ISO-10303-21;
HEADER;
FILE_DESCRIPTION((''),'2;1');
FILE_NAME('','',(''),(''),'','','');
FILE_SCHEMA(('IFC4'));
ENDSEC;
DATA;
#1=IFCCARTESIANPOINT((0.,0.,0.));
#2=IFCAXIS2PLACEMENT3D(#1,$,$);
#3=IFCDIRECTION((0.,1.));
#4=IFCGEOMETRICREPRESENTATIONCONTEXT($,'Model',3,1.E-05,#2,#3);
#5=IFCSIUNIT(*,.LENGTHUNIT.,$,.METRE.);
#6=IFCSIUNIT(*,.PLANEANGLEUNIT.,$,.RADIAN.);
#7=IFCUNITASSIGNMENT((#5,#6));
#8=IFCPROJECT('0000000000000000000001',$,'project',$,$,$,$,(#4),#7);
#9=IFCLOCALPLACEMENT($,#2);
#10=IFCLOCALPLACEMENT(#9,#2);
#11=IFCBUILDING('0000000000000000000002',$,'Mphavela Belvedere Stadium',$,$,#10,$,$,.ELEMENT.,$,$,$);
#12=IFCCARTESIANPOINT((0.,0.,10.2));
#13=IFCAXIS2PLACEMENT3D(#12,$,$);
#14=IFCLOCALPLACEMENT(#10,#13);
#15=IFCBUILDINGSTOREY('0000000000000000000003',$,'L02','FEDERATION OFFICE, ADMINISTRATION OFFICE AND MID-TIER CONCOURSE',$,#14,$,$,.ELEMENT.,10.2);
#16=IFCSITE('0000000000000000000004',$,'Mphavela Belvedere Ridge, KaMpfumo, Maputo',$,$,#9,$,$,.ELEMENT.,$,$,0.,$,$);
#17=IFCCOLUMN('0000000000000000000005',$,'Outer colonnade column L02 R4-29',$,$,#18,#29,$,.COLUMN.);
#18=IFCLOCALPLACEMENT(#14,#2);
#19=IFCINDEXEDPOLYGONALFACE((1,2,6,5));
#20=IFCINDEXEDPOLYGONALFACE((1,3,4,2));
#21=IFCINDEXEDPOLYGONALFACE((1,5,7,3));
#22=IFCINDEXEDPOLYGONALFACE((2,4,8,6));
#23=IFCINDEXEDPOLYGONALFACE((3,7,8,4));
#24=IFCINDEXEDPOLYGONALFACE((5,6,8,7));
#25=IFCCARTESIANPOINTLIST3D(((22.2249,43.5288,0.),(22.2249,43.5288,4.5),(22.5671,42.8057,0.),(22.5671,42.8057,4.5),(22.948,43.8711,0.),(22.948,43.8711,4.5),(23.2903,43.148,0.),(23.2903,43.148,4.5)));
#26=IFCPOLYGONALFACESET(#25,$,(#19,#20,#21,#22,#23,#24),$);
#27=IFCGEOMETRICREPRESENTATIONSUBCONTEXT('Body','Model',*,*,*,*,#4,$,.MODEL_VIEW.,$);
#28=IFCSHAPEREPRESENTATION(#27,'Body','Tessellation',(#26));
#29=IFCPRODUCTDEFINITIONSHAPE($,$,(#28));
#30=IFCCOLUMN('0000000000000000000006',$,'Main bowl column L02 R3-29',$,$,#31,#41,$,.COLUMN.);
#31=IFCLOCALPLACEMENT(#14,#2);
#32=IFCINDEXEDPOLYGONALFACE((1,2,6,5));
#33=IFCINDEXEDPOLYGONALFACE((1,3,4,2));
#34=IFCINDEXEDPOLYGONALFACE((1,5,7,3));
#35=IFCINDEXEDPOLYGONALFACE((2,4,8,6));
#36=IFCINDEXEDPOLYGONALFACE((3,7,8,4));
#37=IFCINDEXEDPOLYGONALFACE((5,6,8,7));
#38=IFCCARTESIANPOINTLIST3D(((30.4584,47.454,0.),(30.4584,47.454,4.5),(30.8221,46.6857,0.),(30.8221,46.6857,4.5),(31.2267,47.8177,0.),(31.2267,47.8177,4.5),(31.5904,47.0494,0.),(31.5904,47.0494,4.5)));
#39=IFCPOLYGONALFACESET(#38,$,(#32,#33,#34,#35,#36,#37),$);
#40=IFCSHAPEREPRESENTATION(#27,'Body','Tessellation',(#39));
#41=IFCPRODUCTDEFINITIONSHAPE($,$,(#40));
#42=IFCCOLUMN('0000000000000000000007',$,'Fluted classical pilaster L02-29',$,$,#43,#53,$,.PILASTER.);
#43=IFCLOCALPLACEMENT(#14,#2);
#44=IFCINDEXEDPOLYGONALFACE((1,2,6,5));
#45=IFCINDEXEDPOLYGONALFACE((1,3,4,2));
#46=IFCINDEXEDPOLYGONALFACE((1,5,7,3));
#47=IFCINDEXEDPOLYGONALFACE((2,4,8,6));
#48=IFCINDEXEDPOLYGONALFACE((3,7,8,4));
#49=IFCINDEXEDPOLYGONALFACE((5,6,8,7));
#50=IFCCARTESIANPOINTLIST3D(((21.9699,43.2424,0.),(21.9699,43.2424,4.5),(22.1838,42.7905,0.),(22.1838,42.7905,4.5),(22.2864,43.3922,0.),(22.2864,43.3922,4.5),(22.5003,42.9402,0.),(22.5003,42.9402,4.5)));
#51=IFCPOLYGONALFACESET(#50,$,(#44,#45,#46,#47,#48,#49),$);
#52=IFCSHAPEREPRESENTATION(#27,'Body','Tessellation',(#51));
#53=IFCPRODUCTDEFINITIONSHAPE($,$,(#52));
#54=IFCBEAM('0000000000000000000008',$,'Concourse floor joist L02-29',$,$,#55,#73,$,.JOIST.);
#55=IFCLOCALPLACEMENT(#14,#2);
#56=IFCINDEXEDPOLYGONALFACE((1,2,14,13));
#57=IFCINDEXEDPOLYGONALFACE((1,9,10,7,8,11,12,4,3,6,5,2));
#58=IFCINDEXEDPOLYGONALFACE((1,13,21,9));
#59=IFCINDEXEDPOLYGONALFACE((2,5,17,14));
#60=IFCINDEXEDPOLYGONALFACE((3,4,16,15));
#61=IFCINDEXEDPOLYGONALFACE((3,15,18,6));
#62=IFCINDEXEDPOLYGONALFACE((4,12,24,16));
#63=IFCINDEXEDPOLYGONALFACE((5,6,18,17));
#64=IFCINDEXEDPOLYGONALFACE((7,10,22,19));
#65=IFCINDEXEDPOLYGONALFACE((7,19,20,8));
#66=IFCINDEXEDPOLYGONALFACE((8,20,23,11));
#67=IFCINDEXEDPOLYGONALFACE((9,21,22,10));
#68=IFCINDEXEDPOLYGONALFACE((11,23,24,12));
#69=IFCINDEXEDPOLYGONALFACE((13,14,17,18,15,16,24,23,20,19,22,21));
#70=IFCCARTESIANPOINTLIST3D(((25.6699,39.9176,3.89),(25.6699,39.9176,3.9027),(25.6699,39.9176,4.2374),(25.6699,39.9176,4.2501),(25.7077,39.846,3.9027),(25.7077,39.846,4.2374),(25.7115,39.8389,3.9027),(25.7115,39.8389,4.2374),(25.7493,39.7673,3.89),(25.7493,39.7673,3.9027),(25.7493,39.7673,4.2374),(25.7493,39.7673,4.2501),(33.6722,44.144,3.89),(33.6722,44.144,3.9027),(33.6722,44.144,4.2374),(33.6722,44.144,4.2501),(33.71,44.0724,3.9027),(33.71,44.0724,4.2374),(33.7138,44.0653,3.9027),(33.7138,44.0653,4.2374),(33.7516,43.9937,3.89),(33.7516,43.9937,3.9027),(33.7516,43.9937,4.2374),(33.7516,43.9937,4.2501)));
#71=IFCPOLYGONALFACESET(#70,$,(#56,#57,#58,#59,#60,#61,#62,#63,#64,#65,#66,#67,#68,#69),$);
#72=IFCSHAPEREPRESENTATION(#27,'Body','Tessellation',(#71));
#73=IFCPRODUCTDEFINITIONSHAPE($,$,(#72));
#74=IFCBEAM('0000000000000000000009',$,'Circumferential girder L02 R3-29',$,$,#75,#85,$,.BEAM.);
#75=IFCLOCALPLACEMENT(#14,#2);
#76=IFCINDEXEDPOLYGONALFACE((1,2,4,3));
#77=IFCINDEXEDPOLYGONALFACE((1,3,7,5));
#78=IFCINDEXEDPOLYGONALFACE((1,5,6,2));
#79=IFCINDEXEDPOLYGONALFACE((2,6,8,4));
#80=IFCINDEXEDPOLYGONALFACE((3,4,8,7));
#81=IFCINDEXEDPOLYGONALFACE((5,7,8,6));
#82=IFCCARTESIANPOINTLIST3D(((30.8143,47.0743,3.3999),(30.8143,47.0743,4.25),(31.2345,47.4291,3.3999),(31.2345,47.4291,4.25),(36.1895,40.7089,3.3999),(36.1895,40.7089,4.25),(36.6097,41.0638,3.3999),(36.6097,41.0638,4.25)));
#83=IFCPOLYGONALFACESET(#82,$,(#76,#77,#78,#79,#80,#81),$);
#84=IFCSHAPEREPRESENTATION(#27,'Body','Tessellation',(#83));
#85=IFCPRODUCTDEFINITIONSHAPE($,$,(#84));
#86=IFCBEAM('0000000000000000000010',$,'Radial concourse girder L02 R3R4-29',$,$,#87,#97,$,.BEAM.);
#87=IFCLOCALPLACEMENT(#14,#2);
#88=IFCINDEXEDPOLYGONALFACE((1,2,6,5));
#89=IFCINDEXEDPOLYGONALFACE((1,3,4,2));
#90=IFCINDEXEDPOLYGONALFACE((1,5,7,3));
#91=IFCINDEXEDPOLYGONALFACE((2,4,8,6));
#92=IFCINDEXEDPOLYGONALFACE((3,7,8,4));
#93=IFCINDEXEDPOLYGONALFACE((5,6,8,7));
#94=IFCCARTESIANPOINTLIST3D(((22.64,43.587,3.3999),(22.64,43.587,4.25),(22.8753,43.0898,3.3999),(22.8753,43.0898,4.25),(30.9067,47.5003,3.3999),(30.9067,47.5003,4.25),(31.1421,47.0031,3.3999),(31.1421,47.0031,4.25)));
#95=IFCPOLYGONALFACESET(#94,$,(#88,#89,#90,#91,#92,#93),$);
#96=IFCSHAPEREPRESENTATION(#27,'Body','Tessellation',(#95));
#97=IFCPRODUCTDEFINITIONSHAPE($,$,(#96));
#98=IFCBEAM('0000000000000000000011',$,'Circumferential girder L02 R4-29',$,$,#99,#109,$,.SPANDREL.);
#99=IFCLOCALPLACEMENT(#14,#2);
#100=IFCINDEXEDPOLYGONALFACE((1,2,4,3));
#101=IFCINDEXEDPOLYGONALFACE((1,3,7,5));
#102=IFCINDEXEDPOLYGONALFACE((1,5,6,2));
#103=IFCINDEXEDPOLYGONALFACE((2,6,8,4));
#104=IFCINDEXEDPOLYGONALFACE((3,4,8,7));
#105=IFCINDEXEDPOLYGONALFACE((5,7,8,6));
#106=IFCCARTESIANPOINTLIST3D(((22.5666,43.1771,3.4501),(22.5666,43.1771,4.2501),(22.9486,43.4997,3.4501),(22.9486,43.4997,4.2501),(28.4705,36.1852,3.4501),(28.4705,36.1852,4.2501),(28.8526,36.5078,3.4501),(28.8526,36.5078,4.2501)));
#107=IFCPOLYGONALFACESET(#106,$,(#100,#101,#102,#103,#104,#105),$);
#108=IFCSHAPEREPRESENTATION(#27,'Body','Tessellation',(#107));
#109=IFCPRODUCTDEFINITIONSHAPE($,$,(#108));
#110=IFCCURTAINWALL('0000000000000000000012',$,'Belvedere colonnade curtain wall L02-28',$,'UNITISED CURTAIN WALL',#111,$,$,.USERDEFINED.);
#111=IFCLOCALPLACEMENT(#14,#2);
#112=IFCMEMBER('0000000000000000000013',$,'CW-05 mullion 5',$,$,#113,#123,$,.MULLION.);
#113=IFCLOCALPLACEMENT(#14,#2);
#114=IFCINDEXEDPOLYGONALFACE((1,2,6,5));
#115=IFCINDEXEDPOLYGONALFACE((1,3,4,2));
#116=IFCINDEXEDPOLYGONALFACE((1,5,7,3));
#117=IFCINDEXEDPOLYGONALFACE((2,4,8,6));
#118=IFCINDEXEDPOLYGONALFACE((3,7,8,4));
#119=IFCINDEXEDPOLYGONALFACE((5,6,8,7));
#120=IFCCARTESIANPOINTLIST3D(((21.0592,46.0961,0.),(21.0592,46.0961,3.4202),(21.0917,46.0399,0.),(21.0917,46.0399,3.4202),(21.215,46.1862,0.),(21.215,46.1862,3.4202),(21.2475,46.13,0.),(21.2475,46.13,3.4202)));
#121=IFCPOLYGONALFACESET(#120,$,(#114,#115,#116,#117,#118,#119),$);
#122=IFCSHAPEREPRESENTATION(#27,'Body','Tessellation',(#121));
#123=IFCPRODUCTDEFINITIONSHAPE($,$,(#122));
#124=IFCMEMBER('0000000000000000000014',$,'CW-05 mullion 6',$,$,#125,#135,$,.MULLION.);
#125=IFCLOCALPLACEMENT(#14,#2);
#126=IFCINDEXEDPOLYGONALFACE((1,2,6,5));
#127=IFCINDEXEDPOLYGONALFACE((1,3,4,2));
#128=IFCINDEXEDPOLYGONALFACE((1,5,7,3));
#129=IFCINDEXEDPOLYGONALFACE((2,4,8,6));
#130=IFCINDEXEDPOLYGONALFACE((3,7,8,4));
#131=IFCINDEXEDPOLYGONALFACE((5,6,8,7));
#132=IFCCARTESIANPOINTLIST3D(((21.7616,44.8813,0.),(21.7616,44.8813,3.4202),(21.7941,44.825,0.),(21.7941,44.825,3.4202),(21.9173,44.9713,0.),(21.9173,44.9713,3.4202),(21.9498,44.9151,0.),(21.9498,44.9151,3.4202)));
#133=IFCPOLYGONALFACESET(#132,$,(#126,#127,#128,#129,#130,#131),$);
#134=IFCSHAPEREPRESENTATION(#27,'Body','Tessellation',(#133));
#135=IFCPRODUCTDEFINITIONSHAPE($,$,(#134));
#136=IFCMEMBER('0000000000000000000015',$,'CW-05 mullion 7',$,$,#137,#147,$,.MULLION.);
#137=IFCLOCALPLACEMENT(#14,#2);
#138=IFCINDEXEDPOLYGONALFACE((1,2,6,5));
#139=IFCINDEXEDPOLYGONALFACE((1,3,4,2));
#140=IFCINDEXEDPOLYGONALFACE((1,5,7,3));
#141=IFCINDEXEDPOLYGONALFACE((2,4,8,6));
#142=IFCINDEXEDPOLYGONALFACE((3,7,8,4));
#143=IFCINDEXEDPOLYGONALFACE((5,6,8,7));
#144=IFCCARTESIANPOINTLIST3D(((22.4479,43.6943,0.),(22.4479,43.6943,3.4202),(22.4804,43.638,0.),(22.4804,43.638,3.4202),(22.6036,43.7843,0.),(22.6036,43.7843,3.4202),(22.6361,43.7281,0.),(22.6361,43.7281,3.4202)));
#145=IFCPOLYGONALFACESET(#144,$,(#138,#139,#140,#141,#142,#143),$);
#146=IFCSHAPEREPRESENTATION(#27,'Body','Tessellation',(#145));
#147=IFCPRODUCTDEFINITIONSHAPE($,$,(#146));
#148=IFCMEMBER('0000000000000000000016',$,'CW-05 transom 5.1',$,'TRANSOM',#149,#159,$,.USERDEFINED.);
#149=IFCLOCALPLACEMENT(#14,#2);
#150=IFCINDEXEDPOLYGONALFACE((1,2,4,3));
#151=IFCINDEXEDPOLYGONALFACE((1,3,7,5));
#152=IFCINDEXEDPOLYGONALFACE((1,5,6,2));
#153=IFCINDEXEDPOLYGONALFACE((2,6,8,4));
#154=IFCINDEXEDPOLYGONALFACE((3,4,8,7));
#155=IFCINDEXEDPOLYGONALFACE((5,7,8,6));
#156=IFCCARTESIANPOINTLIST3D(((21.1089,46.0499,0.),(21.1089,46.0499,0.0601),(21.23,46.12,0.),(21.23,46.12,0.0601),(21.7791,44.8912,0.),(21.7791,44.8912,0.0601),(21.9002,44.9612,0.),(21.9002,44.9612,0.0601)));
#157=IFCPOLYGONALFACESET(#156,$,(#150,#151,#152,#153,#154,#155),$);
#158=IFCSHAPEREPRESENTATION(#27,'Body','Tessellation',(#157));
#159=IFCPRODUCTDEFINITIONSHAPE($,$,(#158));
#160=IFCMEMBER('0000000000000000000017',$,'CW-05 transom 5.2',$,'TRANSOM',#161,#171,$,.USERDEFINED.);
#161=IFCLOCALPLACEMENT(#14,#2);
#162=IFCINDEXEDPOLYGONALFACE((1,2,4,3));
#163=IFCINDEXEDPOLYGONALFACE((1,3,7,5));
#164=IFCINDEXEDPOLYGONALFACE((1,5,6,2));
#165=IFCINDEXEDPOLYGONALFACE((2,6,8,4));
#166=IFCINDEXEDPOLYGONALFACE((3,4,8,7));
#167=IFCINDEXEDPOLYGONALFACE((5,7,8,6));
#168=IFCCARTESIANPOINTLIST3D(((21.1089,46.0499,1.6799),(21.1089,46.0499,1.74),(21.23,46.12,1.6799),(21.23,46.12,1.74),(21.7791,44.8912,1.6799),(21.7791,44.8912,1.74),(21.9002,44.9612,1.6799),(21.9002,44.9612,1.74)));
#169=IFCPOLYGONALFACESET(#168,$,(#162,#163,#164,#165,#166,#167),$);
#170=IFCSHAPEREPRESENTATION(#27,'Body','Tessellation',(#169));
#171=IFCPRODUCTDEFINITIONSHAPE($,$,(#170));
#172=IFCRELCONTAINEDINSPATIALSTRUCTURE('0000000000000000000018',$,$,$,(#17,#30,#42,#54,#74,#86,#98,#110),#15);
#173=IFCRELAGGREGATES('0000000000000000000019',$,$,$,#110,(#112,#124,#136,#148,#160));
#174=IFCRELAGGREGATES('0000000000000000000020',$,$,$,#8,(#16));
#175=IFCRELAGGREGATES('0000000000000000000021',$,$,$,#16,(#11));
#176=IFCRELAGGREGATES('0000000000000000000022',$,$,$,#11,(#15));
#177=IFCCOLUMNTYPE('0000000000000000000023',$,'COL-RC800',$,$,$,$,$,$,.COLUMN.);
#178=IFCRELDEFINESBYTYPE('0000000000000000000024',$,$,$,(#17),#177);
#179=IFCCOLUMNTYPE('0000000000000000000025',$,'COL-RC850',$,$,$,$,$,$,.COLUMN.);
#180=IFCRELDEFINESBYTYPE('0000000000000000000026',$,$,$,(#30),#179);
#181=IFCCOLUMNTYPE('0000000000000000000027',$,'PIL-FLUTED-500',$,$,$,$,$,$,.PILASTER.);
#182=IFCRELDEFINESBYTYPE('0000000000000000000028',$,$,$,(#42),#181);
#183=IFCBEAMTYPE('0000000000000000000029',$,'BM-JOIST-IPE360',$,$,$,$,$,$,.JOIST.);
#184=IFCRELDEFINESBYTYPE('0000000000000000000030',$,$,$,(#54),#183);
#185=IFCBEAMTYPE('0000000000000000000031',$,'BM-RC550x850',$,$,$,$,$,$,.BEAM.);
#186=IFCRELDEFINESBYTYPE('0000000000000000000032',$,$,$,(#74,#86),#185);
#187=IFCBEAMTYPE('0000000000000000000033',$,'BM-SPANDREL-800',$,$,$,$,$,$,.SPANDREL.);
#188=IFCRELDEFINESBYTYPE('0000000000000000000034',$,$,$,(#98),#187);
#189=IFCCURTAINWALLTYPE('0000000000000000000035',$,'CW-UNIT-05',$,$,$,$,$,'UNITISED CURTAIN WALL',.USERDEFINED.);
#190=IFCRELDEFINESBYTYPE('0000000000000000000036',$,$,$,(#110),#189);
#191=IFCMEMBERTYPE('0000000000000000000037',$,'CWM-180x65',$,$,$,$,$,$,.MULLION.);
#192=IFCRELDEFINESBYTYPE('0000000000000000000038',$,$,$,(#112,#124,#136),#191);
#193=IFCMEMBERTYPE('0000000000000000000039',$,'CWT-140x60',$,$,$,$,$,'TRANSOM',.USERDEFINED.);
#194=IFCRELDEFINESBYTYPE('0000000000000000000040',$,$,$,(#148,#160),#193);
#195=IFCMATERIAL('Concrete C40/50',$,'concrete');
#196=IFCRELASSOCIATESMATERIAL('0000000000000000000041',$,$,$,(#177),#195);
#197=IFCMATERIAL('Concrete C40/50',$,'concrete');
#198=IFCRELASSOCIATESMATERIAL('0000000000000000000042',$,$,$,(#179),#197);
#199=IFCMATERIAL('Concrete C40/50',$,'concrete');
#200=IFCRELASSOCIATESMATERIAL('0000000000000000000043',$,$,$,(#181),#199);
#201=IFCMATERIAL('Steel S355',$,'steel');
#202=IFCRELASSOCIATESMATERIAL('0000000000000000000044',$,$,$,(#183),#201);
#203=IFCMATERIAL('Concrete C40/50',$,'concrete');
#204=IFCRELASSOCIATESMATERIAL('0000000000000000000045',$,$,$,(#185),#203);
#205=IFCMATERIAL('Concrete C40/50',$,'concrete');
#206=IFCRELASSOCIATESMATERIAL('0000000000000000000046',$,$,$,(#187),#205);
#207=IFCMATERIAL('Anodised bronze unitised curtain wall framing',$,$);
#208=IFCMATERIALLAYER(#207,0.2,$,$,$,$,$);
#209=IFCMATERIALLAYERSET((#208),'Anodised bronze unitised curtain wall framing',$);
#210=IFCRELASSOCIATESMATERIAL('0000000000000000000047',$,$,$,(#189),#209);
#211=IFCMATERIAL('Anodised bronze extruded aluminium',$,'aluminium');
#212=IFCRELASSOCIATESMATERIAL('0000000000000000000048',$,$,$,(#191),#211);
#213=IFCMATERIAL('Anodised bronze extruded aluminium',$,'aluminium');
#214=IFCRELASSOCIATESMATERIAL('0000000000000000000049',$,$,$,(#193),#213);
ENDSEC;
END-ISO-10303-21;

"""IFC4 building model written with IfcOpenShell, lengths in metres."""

from ifc_helpers import new_model, si_unit, direction, frame, origin, origin_2d, place, context, subcontext, project, spatial, rectangle, i_section, extrude, material, layer, layer_set, material_profile, profile_set, type_object, element, aggregate, save


model = new_model("IFC4")

# Units and contexts
model_context = context("Model", 3, precision=1e-05, world=origin(), true_north=direction((0.0, 1.0)))
body_context = subcontext(model_context, "Body", "Model", "MODEL_VIEW")
ifc_project = project(units=[si_unit("LENGTHUNIT", "METRE"), si_unit("PLANEANGLEUNIT", "RADIAN")], contexts=[model_context])

# Site, building, storey
site_placement = place(None, origin())
site = spatial("IfcSite", under=ifc_project, at=site_placement, Name="Mphavela Belvedere Ridge, KaMpfumo, Maputo", CompositionType="ELEMENT", RefElevation=0.0)
building_placement = place(site_placement, origin())
building = spatial("IfcBuilding", under=site, at=building_placement, Name="Mphavela Belvedere Stadium", CompositionType="ELEMENT")
storey_placement = place(building_placement, frame((0.0, 0.0, 10.2)))
storey = spatial("IfcBuildingStorey", under=building, at=storey_placement, Name="L02", Description="FEDERATION OFFICE, ADMINISTRATION OFFICE AND MID-TIER CONCOURSE", CompositionType="ELEMENT", Elevation=10.2)

# Columns
ifc_material_1 = material(Name="Concrete C40/50", Category="concrete")
ifc_material_profile_1 = material_profile(ifc_material_1, rectangle(XDim=0.8, YDim=0.8, at=origin_2d()), Name="RC 800x800")
ifc_profile_set_1 = profile_set([ifc_material_profile_1], Name="Concrete C40/50")
column_type_1 = type_object("IfcColumnType", Name="COL-RC800", PredefinedType="COLUMN", material=ifc_profile_set_1)
column_1_placement = place(storey_placement, frame((22.7576, 43.3384, 0.0), z_axis=(0.0, 0.0, 1.0), x_axis=(-0.903859, -0.427831, 0.0)))
element("IfcColumn", 1, at=column_1_placement, inside=storey, type_object=column_type_1, Name="Outer colonnade column L02 R4-29", PredefinedType="COLUMN", context=body_context, shape_type="SweptSolid", body=[
    extrude(rectangle(XDim=0.8, YDim=0.8, at=origin_2d()), origin(), (0.0, 0.0, 1.0), 4.5),
])
ifc_material_2 = material(Name="Concrete C40/50", Category="concrete")
ifc_material_profile_2 = material_profile(ifc_material_2, rectangle(XDim=0.8501, YDim=0.8501, at=origin_2d()), Name="RC 850x850")
ifc_profile_set_2 = profile_set([ifc_material_profile_2], Name="Concrete C40/50")
column_type_2 = type_object("IfcColumnType", Name="COL-RC850", PredefinedType="COLUMN", material=ifc_profile_set_2)
column_2_placement = place(storey_placement, frame((31.0244, 47.2517, 0.0), z_axis=(0.0, 0.0, 1.0), x_axis=(-0.903859, -0.427831, 0.0)))
element("IfcColumn", 2, at=column_2_placement, inside=storey, type_object=column_type_2, Name="Main bowl column L02 R3-29", PredefinedType="COLUMN", context=body_context, shape_type="SweptSolid", body=[
    extrude(rectangle(XDim=0.8501, YDim=0.8501, at=origin_2d()), origin(), (0.0, 0.0, 1.0), 4.5),
])
ifc_material_3 = material(Name="Concrete C40/50", Category="concrete")
ifc_material_profile_3 = material_profile(ifc_material_3, rectangle(XDim=0.5, YDim=0.3501, at=origin_2d()), Name="PIL 500x350")
ifc_profile_set_3 = profile_set([ifc_material_profile_3], Name="Concrete C40/50")
column_type_3 = type_object("IfcColumnType", Name="PIL-FLUTED-500", PredefinedType="PILASTER", material=ifc_profile_set_3)
column_3_placement = place(storey_placement, frame((22.2351, 43.0913, 0.0), z_axis=(0.0, 0.0, 1.0), x_axis=(0.427831, -0.903859, 0.0)))
element("IfcColumn", 3, at=column_3_placement, inside=storey, type_object=column_type_3, Name="Fluted classical pilaster L02-29", PredefinedType="PILASTER", context=body_context, shape_type="SweptSolid", body=[
    extrude(rectangle(XDim=0.5, YDim=0.3501, at=origin_2d()), origin(), (0.0, 0.0, 1.0), 4.5),
])

# Beams
ifc_material_4 = material(Name="Steel S355", Category="steel")
ifc_material_profile_4 = material_profile(ifc_material_4, i_section(OverallWidth=0.1699, OverallDepth=0.3601, WebThickness=0.0081, FlangeThickness=0.0127, at=origin_2d()), Name="IPE 360")
ifc_profile_set_4 = profile_set([ifc_material_profile_4], Name="Steel S355")
beam_type_1 = type_object("IfcBeamType", Name="BM-JOIST-IPE360", PredefinedType="JOIST", material=ifc_profile_set_4)
beam_1_placement = place(storey_placement, frame((33.7119, 44.0688, 4.0701), z_axis=(-0.884251, -0.467012, 0.0), x_axis=(0.467012, -0.884251, 0.0)))
element("IfcBeam", 4, at=beam_1_placement, inside=storey, type_object=beam_type_1, Name="Concourse floor joist L02-29", PredefinedType="JOIST", context=body_context, shape_type="SweptSolid", body=[
    extrude(i_section(OverallWidth=0.1699, OverallDepth=0.3601, WebThickness=0.0081, FlangeThickness=0.0127, at=origin_2d()), origin(), (0.0, 0.0, 1.0), 9.0498),
])
ifc_material_5 = material(Name="Concrete C40/50", Category="concrete")
ifc_material_profile_5 = material_profile(ifc_material_5, rectangle(XDim=0.55, YDim=0.8501, at=origin_2d()), Name="RC 550x850")
ifc_profile_set_5 = profile_set([ifc_material_profile_5], Name="Concrete C40/50")
beam_type_2 = type_object("IfcBeamType", Name="BM-RC550x850", PredefinedType="BEAM", material=ifc_profile_set_5)
beam_2_placement = place(storey_placement, frame((31.0244, 47.2517, 3.825), z_axis=(0.645177, -0.764033, 0.0), x_axis=(0.764033, 0.645177, 0.0)))
element("IfcBeam", 5, at=beam_2_placement, inside=storey, type_object=beam_type_2, Name="Circumferential girder L02 R3-29", PredefinedType="BEAM", context=body_context, shape_type="SweptSolid", body=[
    extrude(rectangle(XDim=0.55, YDim=0.8501, at=origin_2d()), origin(), (0.0, 0.0, 1.0), 8.3313),
])
beam_3_placement = place(storey_placement, frame((31.0244, 47.2517, 3.825), z_axis=(-0.903845, -0.427859, 0.0), x_axis=(0.427859, -0.903845, 0.0)))
element("IfcBeam", 6, at=beam_3_placement, inside=storey, type_object=beam_type_2, Name="Radial concourse girder L02 R3R4-29", PredefinedType="BEAM", context=body_context, shape_type="SweptSolid", body=[
    extrude(rectangle(XDim=0.55, YDim=0.8501, at=origin_2d()), origin(), (0.0, 0.0, 1.0), 9.1462),
])
ifc_material_6 = material(Name="Concrete C40/50", Category="concrete")
ifc_material_profile_6 = material_profile(ifc_material_6, rectangle(XDim=0.5, YDim=0.8, at=origin_2d()), Name="RC 500x800")
ifc_profile_set_6 = profile_set([ifc_material_profile_6], Name="Concrete C40/50")
beam_type_3 = type_object("IfcBeamType", Name="BM-SPANDREL-800", PredefinedType="SPANDREL", material=ifc_profile_set_6)
beam_4_placement = place(storey_placement, frame((22.7576, 43.3384, 3.8501), z_axis=(0.645165, -0.764044, 0.0), x_axis=(0.764044, 0.645165, 0.0)))
element("IfcBeam", 7, at=beam_4_placement, inside=storey, type_object=beam_type_3, Name="Circumferential girder L02 R4-29", PredefinedType="SPANDREL", context=body_context, shape_type="SweptSolid", body=[
    extrude(rectangle(XDim=0.5, YDim=0.8, at=origin_2d()), origin(), (0.0, 0.0, 1.0), 9.1511),
])

# Curtain wall, members
ifc_material_7 = material(Name="Anodised bronze unitised curtain wall framing")
ifc_layer_1 = layer(ifc_material_7, 0.2)
ifc_layer_set_1 = layer_set([ifc_layer_1], Name="Anodised bronze unitised curtain wall framing")
curtain_wall_type = type_object("IfcCurtainWallType", Name="CW-UNIT-05", ElementType="UNITISED CURTAIN WALL", PredefinedType="USERDEFINED", material=ifc_layer_set_1)
curtain_wall_placement = place(storey_placement, origin())
curtain_wall = element("IfcCurtainWall", 8, at=curtain_wall_placement, inside=storey, type_object=curtain_wall_type, Name="Belvedere colonnade curtain wall L02-28", ObjectType="UNITISED CURTAIN WALL", PredefinedType="USERDEFINED")
ifc_material_8 = material(Name="Anodised bronze extruded aluminium", Category="aluminium")
ifc_material_profile_7 = material_profile(ifc_material_8, rectangle(XDim=0.1799, YDim=0.0649, at=origin_2d()), Name="CW-MUL 180x65")
ifc_profile_set_7 = profile_set([ifc_material_profile_7], Name="Anodised bronze extruded aluminium")
member_type_1 = type_object("IfcMemberType", Name="CWM-180x65", PredefinedType="MULLION", material=ifc_profile_set_7)
member_1_placement = place(storey_placement, frame((21.1533, 46.113, 0.0), z_axis=(0.0, 0.0, 1.0), x_axis=(0.8657, 0.500562, 0.0)))
member_1 = element("IfcMember", 9, at=member_1_placement, type_object=member_type_1, Name="CW-05 mullion 5", PredefinedType="MULLION", context=body_context, shape_type="SweptSolid", body=[
    extrude(rectangle(XDim=0.1799, YDim=0.0649, at=origin_2d()), origin(), (0.0, 0.0, 1.0), 3.4202),
])
member_2_placement = place(storey_placement, frame((21.8557, 44.8982, 0.0), z_axis=(0.0, 0.0, 1.0), x_axis=(0.8657, 0.500562, 0.0)))
member_2 = element("IfcMember", 10, at=member_2_placement, type_object=member_type_1, Name="CW-05 mullion 6", PredefinedType="MULLION", context=body_context, shape_type="SweptSolid", body=[
    extrude(rectangle(XDim=0.1799, YDim=0.0649, at=origin_2d()), origin(), (0.0, 0.0, 1.0), 3.4202),
])
member_3_placement = place(storey_placement, frame((22.542, 43.7112, 0.0), z_axis=(0.0, 0.0, 1.0), x_axis=(0.8657, 0.500562, 0.0)))
member_3 = element("IfcMember", 11, at=member_3_placement, type_object=member_type_1, Name="CW-05 mullion 7", PredefinedType="MULLION", context=body_context, shape_type="SweptSolid", body=[
    extrude(rectangle(XDim=0.1799, YDim=0.0649, at=origin_2d()), origin(), (0.0, 0.0, 1.0), 3.4202),
])
ifc_material_9 = material(Name="Anodised bronze extruded aluminium", Category="aluminium")
ifc_material_profile_8 = material_profile(ifc_material_9, rectangle(XDim=0.1399, YDim=0.0601, at=origin_2d()), Name="CW-TRN 140x60")
ifc_profile_set_8 = profile_set([ifc_material_profile_8], Name="Anodised bronze extruded aluminium")
member_type_2 = type_object("IfcMemberType", Name="CWT-140x60", ElementType="TRANSOM", PredefinedType="USERDEFINED", material=ifc_profile_set_8)
member_4_placement = place(storey_placement, frame((21.1694, 46.085, 0.03), z_axis=(0.50067, -0.865638, 0.0), x_axis=(0.865638, 0.50067, 0.0)))
member_4 = element("IfcMember", 12, at=member_4_placement, type_object=member_type_2, Name="CW-05 transom 5.1", ObjectType="TRANSOM", PredefinedType="USERDEFINED", context=body_context, shape_type="SweptSolid", body=[
    extrude(rectangle(XDim=0.1399, YDim=0.0601, at=origin_2d()), origin(), (0.0, 0.0, 1.0), 1.3386),
])
member_5_placement = place(storey_placement, frame((21.1694, 46.085, 1.71), z_axis=(0.50067, -0.865638, 0.0), x_axis=(0.865638, 0.50067, 0.0)))
member_5 = element("IfcMember", 13, at=member_5_placement, type_object=member_type_2, Name="CW-05 transom 5.2", ObjectType="TRANSOM", PredefinedType="USERDEFINED", context=body_context, shape_type="SweptSolid", body=[
    extrude(rectangle(XDim=0.1399, YDim=0.0601, at=origin_2d()), origin(), (0.0, 0.0, 1.0), 1.3386),
])
aggregate(curtain_wall, [member_1, member_2, member_3, member_4, member_5])

save(model, "model.ifc")
